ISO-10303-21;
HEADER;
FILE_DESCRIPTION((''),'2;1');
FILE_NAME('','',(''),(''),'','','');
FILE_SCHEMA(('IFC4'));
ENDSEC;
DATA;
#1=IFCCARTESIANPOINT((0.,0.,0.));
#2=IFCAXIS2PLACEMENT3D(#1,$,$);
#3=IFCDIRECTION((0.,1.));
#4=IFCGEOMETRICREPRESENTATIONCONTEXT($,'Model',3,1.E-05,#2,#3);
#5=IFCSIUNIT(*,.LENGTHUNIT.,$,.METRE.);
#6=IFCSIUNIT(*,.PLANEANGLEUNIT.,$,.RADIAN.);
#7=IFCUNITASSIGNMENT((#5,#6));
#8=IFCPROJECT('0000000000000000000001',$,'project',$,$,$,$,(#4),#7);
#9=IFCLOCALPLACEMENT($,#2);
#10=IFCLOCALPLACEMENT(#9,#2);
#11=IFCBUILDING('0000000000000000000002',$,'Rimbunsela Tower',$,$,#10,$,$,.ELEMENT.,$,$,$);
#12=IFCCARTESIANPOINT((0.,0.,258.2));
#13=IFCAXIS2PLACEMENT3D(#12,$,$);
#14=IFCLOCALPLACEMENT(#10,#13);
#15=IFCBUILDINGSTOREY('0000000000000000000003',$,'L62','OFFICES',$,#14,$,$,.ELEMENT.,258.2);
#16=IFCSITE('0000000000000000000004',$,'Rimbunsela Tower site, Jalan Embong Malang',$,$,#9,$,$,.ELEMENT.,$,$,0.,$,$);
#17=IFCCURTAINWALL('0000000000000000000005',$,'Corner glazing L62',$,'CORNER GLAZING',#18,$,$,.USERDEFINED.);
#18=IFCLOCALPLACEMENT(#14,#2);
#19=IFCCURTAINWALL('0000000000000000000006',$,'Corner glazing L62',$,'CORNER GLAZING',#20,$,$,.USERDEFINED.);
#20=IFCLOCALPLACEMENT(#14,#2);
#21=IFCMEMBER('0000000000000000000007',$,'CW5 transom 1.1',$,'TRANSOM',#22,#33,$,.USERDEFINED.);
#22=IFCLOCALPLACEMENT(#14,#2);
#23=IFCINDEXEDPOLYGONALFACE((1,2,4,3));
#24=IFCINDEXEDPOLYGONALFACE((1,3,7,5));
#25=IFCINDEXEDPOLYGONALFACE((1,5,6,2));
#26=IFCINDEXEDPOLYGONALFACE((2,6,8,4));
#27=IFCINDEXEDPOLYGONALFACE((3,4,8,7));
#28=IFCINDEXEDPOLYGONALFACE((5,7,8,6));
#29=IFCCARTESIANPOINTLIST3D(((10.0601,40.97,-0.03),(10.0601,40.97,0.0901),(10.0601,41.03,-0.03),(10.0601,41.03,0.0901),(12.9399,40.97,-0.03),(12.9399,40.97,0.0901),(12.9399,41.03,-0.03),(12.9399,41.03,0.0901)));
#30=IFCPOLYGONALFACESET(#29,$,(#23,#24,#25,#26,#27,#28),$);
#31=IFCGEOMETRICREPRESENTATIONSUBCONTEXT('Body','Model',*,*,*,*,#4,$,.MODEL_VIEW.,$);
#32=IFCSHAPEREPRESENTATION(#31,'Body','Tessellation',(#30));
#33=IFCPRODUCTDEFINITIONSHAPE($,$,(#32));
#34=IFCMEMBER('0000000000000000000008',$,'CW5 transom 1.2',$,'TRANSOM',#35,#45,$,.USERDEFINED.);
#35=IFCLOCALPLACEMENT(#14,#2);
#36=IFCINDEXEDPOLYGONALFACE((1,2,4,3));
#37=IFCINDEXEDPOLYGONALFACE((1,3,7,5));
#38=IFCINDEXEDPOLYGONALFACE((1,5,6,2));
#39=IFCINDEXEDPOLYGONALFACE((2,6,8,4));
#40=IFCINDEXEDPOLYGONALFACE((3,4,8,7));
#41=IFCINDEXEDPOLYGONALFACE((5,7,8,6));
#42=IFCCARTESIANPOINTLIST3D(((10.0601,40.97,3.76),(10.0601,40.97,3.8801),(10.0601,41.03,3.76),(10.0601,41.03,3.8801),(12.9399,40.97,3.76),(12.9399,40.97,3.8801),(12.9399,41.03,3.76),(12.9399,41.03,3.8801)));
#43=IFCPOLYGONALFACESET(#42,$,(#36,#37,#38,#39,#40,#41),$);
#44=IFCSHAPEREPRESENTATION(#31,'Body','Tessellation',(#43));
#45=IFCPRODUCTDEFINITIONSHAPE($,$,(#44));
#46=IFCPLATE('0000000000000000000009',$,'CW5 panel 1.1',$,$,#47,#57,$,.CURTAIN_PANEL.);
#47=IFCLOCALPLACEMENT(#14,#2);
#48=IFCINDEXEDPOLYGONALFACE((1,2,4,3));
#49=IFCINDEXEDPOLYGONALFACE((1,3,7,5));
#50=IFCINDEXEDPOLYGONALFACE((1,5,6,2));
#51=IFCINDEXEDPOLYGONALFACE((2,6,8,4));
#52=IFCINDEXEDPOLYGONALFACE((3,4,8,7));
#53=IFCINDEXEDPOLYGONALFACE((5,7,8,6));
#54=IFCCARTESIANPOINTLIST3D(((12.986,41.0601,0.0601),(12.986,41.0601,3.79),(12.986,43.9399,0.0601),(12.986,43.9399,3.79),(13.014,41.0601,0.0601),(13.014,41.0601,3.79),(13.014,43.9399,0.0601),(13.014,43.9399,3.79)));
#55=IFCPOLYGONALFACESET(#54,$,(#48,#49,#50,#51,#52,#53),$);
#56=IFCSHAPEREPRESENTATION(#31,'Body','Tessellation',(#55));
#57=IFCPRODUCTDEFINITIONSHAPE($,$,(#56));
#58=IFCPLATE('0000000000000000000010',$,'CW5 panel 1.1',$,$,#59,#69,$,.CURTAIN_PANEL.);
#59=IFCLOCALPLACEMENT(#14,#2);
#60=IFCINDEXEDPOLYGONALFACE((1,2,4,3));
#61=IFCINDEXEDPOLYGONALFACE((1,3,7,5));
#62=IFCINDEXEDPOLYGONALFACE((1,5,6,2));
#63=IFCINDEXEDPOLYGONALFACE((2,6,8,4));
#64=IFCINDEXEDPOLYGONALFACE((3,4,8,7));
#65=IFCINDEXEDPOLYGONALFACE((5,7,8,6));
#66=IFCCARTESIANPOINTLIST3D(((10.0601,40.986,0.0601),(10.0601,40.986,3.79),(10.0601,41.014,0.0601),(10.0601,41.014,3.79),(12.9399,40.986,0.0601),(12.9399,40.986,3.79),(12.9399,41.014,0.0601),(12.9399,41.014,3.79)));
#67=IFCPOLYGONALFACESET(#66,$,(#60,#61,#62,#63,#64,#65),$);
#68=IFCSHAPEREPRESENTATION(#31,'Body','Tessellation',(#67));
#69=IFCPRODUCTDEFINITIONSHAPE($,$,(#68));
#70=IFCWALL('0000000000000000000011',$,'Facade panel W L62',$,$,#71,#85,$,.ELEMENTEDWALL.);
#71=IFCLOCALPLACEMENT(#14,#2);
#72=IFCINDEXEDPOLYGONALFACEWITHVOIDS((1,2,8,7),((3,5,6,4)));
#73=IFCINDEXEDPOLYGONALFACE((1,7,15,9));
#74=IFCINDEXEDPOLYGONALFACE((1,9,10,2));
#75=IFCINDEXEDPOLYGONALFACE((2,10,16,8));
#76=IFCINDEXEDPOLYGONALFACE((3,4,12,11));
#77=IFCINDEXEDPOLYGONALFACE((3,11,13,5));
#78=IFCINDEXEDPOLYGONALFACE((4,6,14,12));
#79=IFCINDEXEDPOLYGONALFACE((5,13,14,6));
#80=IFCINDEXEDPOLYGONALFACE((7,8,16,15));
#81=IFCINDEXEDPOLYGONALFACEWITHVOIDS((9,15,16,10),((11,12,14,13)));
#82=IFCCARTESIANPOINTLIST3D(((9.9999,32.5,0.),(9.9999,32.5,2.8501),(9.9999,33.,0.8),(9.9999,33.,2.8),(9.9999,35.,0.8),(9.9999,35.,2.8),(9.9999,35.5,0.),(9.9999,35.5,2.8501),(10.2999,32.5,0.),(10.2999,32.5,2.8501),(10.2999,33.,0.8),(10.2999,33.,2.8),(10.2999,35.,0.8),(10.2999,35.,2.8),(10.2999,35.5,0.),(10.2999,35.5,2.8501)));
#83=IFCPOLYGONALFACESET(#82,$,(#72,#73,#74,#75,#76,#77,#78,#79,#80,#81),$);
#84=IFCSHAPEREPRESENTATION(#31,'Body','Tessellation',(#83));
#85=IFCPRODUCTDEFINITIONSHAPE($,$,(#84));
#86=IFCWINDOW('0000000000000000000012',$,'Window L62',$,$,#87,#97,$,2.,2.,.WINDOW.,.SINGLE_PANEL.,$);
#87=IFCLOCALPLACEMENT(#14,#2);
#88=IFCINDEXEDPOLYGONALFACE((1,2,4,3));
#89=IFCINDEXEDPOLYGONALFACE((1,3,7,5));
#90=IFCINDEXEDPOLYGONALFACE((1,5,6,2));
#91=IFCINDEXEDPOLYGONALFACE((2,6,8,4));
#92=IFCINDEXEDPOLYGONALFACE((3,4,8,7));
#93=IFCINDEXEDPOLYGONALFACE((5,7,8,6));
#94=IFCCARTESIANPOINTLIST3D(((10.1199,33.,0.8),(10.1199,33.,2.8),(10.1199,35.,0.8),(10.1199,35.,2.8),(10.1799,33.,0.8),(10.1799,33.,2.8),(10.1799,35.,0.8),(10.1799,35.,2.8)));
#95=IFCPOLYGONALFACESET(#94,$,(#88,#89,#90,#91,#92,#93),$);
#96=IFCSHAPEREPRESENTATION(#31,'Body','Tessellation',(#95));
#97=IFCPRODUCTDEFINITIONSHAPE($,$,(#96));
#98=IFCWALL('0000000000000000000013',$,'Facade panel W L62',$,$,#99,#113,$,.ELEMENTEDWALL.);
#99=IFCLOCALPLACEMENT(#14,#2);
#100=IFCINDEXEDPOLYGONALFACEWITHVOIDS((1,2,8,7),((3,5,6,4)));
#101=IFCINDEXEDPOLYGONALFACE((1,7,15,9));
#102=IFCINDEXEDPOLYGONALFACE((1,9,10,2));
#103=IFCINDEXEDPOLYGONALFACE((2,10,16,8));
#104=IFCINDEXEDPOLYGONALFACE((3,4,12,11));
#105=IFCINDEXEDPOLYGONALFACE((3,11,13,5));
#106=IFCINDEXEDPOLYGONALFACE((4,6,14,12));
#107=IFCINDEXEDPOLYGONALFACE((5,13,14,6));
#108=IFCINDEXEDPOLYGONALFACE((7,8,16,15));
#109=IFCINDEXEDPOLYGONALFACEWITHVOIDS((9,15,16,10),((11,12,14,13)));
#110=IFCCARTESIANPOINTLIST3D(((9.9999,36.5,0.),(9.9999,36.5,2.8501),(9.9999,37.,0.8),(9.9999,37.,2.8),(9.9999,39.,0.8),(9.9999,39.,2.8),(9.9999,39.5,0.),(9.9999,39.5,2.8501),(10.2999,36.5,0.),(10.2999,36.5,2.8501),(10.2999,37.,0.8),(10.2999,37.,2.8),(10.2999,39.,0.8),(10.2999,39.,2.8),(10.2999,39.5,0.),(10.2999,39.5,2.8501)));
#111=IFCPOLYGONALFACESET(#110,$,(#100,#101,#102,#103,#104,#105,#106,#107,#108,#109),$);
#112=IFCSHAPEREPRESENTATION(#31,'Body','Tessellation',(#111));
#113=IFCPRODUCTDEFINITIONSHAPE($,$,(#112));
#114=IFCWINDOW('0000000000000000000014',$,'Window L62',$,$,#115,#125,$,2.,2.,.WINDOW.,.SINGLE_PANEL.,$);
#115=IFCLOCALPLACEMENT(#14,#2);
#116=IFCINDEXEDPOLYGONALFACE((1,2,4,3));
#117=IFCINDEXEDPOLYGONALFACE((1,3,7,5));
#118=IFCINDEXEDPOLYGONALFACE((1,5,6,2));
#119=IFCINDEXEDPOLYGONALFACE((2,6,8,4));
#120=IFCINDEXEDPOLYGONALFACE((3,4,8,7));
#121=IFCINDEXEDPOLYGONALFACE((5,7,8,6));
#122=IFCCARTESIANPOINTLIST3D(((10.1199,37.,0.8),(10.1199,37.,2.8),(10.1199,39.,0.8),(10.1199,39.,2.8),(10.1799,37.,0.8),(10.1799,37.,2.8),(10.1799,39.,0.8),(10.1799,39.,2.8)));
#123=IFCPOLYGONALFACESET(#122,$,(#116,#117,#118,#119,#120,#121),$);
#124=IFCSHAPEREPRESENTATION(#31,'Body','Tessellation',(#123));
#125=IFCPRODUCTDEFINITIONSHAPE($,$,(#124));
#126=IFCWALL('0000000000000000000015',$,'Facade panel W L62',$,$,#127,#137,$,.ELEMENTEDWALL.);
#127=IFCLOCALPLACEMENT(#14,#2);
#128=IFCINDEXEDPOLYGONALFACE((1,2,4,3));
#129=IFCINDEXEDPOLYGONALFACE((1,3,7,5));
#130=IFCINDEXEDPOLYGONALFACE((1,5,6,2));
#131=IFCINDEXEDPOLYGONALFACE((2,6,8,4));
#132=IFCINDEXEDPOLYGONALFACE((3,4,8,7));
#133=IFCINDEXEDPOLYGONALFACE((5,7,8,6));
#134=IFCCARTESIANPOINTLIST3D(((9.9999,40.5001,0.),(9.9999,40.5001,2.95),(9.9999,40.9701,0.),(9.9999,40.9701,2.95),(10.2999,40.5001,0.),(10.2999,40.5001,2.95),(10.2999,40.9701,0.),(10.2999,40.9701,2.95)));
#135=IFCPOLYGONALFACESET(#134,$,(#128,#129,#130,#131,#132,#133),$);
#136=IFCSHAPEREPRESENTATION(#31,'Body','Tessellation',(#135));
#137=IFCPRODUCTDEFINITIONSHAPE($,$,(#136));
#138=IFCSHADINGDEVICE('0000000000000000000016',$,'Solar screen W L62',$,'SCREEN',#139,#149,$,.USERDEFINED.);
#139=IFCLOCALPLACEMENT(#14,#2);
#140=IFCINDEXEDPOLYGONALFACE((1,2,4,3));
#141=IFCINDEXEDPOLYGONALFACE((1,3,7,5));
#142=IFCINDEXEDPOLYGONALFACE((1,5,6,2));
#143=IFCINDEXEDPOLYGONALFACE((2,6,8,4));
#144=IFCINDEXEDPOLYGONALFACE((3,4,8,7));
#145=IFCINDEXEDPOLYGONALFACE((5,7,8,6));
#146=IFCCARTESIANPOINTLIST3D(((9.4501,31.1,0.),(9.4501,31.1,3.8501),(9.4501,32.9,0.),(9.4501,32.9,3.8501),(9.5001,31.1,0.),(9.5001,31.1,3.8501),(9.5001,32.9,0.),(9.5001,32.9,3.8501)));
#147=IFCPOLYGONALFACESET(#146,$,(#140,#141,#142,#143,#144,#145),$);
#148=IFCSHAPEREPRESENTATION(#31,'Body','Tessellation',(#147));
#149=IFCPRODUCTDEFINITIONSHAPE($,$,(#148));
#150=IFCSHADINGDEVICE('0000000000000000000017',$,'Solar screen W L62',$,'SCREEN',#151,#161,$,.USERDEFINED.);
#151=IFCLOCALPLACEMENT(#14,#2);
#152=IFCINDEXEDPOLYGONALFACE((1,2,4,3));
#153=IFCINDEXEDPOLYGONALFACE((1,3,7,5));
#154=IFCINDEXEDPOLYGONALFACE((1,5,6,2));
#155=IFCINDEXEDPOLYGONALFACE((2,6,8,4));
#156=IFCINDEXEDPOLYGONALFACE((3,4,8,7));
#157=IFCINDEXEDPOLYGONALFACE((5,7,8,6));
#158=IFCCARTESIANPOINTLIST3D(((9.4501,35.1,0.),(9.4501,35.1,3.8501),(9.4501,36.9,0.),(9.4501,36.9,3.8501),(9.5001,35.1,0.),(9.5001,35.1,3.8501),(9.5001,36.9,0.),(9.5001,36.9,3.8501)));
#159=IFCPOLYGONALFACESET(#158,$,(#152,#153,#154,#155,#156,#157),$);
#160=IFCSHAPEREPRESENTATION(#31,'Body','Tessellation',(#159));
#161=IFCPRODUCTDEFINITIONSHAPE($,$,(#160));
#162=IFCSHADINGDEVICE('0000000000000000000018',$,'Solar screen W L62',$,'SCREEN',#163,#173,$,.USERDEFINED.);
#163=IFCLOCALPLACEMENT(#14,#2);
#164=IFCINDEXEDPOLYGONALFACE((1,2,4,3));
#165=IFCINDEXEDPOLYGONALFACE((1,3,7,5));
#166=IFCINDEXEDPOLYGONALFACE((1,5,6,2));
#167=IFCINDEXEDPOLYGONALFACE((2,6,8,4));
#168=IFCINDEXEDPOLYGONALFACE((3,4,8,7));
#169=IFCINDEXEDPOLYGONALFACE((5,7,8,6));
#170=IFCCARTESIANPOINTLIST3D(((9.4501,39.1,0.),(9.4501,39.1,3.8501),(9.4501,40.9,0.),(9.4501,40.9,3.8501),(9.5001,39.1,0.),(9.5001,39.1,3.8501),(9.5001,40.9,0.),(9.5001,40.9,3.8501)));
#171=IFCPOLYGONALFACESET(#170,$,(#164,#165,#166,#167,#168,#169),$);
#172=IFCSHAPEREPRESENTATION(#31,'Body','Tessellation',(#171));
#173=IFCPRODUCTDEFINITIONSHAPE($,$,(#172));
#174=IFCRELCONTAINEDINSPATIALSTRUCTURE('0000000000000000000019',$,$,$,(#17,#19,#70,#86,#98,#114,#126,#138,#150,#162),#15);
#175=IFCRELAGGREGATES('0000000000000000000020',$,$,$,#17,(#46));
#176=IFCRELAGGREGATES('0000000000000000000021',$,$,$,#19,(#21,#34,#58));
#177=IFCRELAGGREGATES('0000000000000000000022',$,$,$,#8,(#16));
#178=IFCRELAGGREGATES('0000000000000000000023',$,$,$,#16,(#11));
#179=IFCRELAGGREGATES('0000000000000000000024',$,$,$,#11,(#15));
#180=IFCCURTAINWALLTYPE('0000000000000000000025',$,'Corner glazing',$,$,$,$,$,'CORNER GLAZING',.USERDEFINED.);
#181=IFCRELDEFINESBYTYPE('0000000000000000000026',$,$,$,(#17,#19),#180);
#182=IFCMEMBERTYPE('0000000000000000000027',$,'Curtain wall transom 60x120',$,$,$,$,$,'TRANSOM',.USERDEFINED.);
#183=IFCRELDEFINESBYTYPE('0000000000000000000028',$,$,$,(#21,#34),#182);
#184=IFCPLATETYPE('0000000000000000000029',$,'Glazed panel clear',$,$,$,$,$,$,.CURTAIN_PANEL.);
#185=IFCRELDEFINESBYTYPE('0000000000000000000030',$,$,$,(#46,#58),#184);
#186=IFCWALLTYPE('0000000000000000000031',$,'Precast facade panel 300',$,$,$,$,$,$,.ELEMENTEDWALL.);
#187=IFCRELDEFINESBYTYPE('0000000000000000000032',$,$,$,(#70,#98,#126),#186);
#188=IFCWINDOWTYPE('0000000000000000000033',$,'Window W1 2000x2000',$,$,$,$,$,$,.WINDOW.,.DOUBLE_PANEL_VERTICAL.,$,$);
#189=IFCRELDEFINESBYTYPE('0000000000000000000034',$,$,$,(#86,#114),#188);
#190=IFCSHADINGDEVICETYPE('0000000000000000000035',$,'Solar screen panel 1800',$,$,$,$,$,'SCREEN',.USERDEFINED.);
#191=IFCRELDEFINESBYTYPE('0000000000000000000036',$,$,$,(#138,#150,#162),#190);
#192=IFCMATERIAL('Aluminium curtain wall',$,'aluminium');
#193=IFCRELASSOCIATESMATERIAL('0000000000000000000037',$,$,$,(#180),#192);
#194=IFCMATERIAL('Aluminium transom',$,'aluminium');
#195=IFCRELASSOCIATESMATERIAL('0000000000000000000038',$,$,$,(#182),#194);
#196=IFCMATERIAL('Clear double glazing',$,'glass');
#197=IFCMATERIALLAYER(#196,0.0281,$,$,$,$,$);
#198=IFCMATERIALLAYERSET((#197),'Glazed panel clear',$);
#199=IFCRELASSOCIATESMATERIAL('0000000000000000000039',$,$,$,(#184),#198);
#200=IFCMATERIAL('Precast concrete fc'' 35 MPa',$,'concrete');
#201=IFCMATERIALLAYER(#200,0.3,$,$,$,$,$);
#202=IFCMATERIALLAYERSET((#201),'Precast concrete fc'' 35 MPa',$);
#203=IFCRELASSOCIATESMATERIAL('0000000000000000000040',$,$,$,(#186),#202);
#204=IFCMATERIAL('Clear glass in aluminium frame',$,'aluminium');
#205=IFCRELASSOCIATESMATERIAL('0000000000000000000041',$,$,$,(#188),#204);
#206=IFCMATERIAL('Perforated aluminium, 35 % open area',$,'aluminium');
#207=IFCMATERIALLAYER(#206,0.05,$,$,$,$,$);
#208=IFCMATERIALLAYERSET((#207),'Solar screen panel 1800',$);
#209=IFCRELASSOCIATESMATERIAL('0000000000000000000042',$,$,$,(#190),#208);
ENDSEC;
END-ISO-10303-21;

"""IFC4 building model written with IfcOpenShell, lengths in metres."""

from ifc_helpers import new_model, si_unit, direction, frame, frame_2d, origin, origin_2d, place, context, subcontext, project, spatial, rectangle, extrude, material, layer, layer_set, material_profile, profile_set, type_object, element, fill, aggregate, save


model = new_model("IFC4")

# Units and contexts
model_context = context("Model", 3, precision=1e-05, world=origin(), true_north=direction((0.0, 1.0)))
body_context = subcontext(model_context, "Body", "Model", "MODEL_VIEW")
ifc_project = project(units=[si_unit("LENGTHUNIT", "METRE"), si_unit("PLANEANGLEUNIT", "RADIAN")], contexts=[model_context])

# Site, building, storey
site_placement = place(None, origin())
site = spatial("IfcSite", under=ifc_project, at=site_placement, Name="Rimbunsela Tower site, Jalan Embong Malang", CompositionType="ELEMENT", RefElevation=0.0)
building_placement = place(site_placement, origin())
building = spatial("IfcBuilding", under=site, at=building_placement, Name="Rimbunsela Tower", CompositionType="ELEMENT")
storey_placement = place(building_placement, frame((0.0, 0.0, 258.2)))
storey = spatial("IfcBuildingStorey", under=building, at=storey_placement, Name="L62", Description="OFFICES", CompositionType="ELEMENT", Elevation=258.2)

# Curtain wall
ifc_material_1 = material(Name="Aluminium curtain wall", Category="aluminium")
curtain_wall_type = type_object("IfcCurtainWallType", Name="Corner glazing", ElementType="CORNER GLAZING", PredefinedType="USERDEFINED", material=ifc_material_1)
curtain_wall_1_placement = place(storey_placement, origin())
curtain_wall_1 = element("IfcCurtainWall", 1, at=curtain_wall_1_placement, inside=storey, type_object=curtain_wall_type, Name="Corner glazing L62", ObjectType="CORNER GLAZING", PredefinedType="USERDEFINED")

# Curtain wall
curtain_wall_2_placement = place(storey_placement, origin())
curtain_wall_2 = element("IfcCurtainWall", 2, at=curtain_wall_2_placement, inside=storey, type_object=curtain_wall_type, Name="Corner glazing L62", ObjectType="CORNER GLAZING", PredefinedType="USERDEFINED")

# Members
ifc_material_2 = material(Name="Aluminium transom", Category="aluminium")
ifc_material_profile_1 = material_profile(ifc_material_2, rectangle(XDim=0.0601, YDim=0.1201, at=origin_2d()), Name="Transom 60x120")
ifc_profile_set_1 = profile_set([ifc_material_profile_1], Name="Aluminium transom")
member_type_1 = type_object("IfcMemberType", Name="Curtain wall transom 60x120", ElementType="TRANSOM", PredefinedType="USERDEFINED", material=ifc_profile_set_1)
member_1_placement = place(storey_placement, frame((12.9399, 41.0, 0.03), z_axis=(-1.0, 0.0, 0.0), x_axis=(0.0, -1.0, 0.0)))
member_1 = element("IfcMember", 3, at=member_1_placement, type_object=member_type_1, Name="CW5 transom 1.1", ObjectType="TRANSOM", PredefinedType="USERDEFINED", context=body_context, shape_type="SweptSolid", body=[
    extrude(rectangle(XDim=0.0601, YDim=0.1201, at=origin_2d()), origin(), (0.0, 0.0, 1.0), 2.8799),
])
member_2_placement = place(storey_placement, frame((12.9399, 41.0, 3.8201), z_axis=(-1.0, 0.0, 0.0), x_axis=(0.0, -1.0, 0.0)))
member_2 = element("IfcMember", 4, at=member_2_placement, type_object=member_type_1, Name="CW5 transom 1.2", ObjectType="TRANSOM", PredefinedType="USERDEFINED", context=body_context, shape_type="SweptSolid", body=[
    extrude(rectangle(XDim=0.0601, YDim=0.1201, at=origin_2d()), origin(), (0.0, 0.0, 1.0), 2.8799),
])

# Plates
ifc_material_3 = material(Name="Clear double glazing", Category="glass")
ifc_layer_1 = layer(ifc_material_3, 0.0281)
ifc_layer_set_1 = layer_set([ifc_layer_1], Name="Glazed panel clear")
plate_type = type_object("IfcPlateType", Name="Glazed panel clear", PredefinedType="CURTAIN_PANEL", material=ifc_layer_set_1)
plate_1_placement = place(storey_placement, frame((13.0, 42.5, 0.0601), z_axis=(0.0, 0.0, 1.0), x_axis=(0.0, -1.0, 0.0)))
plate_1 = element("IfcPlate", 5, at=plate_1_placement, type_object=plate_type, Name="CW5 panel 1.1", PredefinedType="CURTAIN_PANEL", context=body_context, shape_type="SweptSolid", body=[
    extrude(rectangle(XDim=2.8799, YDim=0.0281, at=origin_2d()), origin(), (0.0, 0.0, 1.0), 3.73),
])
aggregate(curtain_wall_1, [plate_1])
plate_2_placement = place(storey_placement, frame((11.5, 41.0, 0.0601), z_axis=(0.0, 0.0, 1.0), x_axis=(-1.0, 0.0, 0.0)))
plate_2 = element("IfcPlate", 6, at=plate_2_placement, type_object=plate_type, Name="CW5 panel 1.1", PredefinedType="CURTAIN_PANEL", context=body_context, shape_type="SweptSolid", body=[
    extrude(rectangle(XDim=2.8799, YDim=0.0281, at=origin_2d()), origin(), (0.0, 0.0, 1.0), 3.73),
])
aggregate(curtain_wall_2, [member_1, member_2, plate_2])

# Walls, openings, windows
ifc_material_4 = material(Name="Precast concrete fc' 35 MPa", Category="concrete")
ifc_layer_2 = layer(ifc_material_4, 0.3)
ifc_layer_set_2 = layer_set([ifc_layer_2], Name="Precast concrete fc' 35 MPa")
wall_type = type_object("IfcWallType", Name="Precast facade panel 300", PredefinedType="ELEMENTEDWALL", material=ifc_layer_set_2)
wall_1_placement = place(storey_placement, frame((10.1499, 35.5, 0.0), z_axis=(0.0, 0.0, 1.0), x_axis=(0.0, -1.0, 0.0)))
wall_1 = element("IfcWall", 7, at=wall_1_placement, inside=storey, type_object=wall_type, Name="Facade panel W L62", PredefinedType="ELEMENTEDWALL", context=body_context, shape_type="SweptSolid", body=[
    extrude(rectangle(XDim=3.0, YDim=0.3, at=frame_2d((1.5, 0.0))), origin(), (0.0, 0.0, 1.0), 2.8501),
])
opening_1_placement = place(wall_1_placement, frame((0.5, 0.0, 0.8)))
opening_1 = element("IfcOpeningElement", 8, at=opening_1_placement, cuts=wall_1, PredefinedType="OPENING", context=body_context, shape_type="SweptSolid", body=[
    extrude(rectangle(XDim=2.0, YDim=2.0, at=frame_2d((1.0, 1.0))), frame((0.0, 0.1599, 0.0), z_axis=(0.0, -1.0, 0.0), x_axis=(1.0, 0.0, 0.0)), (0.0, 0.0, 1.0), 0.3201),
])
ifc_material_5 = material(Name="Clear glass in aluminium frame", Category="aluminium")
window_type = type_object("IfcWindowType", Name="Window W1 2000x2000", PartitioningType="DOUBLE_PANEL_VERTICAL", PredefinedType="WINDOW", material=ifc_material_5)
window_1_placement = place(opening_1_placement, origin())
window_1 = element("IfcWindow", 9, at=window_1_placement, inside=storey, type_object=window_type, Name="Window L62", OverallHeight=2.0, OverallWidth=2.0, PartitioningType="SINGLE_PANEL", PredefinedType="WINDOW", context=body_context, shape_type="SweptSolid", body=[
    extrude(rectangle(XDim=2.0, YDim=2.0, at=frame_2d((1.0, 1.0))), frame((0.0, 0.03, 0.0), z_axis=(0.0, -1.0, 0.0), x_axis=(1.0, 0.0, 0.0)), (0.0, 0.0, 1.0), 0.0601),
])
fill(opening_1, window_1)
wall_2_placement = place(storey_placement, frame((10.1499, 39.5, 0.0), z_axis=(0.0, 0.0, 1.0), x_axis=(0.0, -1.0, 0.0)))
wall_2 = element("IfcWall", 10, at=wall_2_placement, inside=storey, type_object=wall_type, Name="Facade panel W L62", PredefinedType="ELEMENTEDWALL", context=body_context, shape_type="SweptSolid", body=[
    extrude(rectangle(XDim=3.0, YDim=0.3, at=frame_2d((1.5, 0.0))), origin(), (0.0, 0.0, 1.0), 2.8501),
])
opening_2_placement = place(wall_2_placement, frame((0.5, 0.0, 0.8)))
opening_2 = element("IfcOpeningElement", 11, at=opening_2_placement, cuts=wall_2, PredefinedType="OPENING", context=body_context, shape_type="SweptSolid", body=[
    extrude(rectangle(XDim=2.0, YDim=2.0, at=frame_2d((1.0, 1.0))), frame((0.0, 0.1599, 0.0), z_axis=(0.0, -1.0, 0.0), x_axis=(1.0, 0.0, 0.0)), (0.0, 0.0, 1.0), 0.3201),
])
window_2_placement = place(opening_2_placement, origin())
window_2 = element("IfcWindow", 12, at=window_2_placement, inside=storey, type_object=window_type, Name="Window L62", OverallHeight=2.0, OverallWidth=2.0, PartitioningType="SINGLE_PANEL", PredefinedType="WINDOW", context=body_context, shape_type="SweptSolid", body=[
    extrude(rectangle(XDim=2.0, YDim=2.0, at=frame_2d((1.0, 1.0))), frame((0.0, 0.03, 0.0), z_axis=(0.0, -1.0, 0.0), x_axis=(1.0, 0.0, 0.0)), (0.0, 0.0, 1.0), 0.0601),
])
fill(opening_2, window_2)

# Wall
wall_3_placement = place(storey_placement, frame((10.1499, 40.97, 0.0), z_axis=(0.0, 0.0, 1.0), x_axis=(0.0, -1.0, 0.0)))
element("IfcWall", 13, at=wall_3_placement, inside=storey, type_object=wall_type, Name="Facade panel W L62", PredefinedType="ELEMENTEDWALL", context=body_context, shape_type="SweptSolid", body=[
    extrude(rectangle(XDim=0.47, YDim=0.3, at=frame_2d((0.2349, 0.0))), origin(), (0.0, 0.0, 1.0), 2.95),
])

# Shading devices
ifc_material_6 = material(Name="Perforated aluminium, 35 % open area", Category="aluminium")
ifc_layer_3 = layer(ifc_material_6, 0.05)
ifc_layer_set_3 = layer_set([ifc_layer_3], Name="Solar screen panel 1800")
shading_device_type = type_object("IfcShadingDeviceType", Name="Solar screen panel 1800", ElementType="SCREEN", PredefinedType="USERDEFINED", material=ifc_layer_set_3)
for number, where, z_axis, x_axis, name in (
    (14, (9.4751, 32.0, 0.0), (0.0, 0.0, 1.0), (0.0, 1.0, 0.0), "Solar screen W L62"),
    (15, (9.4751, 36.0, 0.0), (0.0, 0.0, 1.0), (0.0, 1.0, 0.0), "Solar screen W L62"),
    (16, (9.4751, 40.0, 0.0), (0.0, 0.0, 1.0), (0.0, 1.0, 0.0), "Solar screen W L62"),
):
    element("IfcShadingDevice", number, at=place(storey_placement, frame(where, z_axis=z_axis, x_axis=x_axis)), inside=storey, type_object=shading_device_type, Name=name, ObjectType="SCREEN", PredefinedType="USERDEFINED", context=body_context, shape_type="SweptSolid", body=[
        extrude(rectangle(XDim=1.8, YDim=0.05, at=origin_2d()), origin(), (0.0, 0.0, 1.0), 3.8501),
    ])

save(model, "model.ifc")
